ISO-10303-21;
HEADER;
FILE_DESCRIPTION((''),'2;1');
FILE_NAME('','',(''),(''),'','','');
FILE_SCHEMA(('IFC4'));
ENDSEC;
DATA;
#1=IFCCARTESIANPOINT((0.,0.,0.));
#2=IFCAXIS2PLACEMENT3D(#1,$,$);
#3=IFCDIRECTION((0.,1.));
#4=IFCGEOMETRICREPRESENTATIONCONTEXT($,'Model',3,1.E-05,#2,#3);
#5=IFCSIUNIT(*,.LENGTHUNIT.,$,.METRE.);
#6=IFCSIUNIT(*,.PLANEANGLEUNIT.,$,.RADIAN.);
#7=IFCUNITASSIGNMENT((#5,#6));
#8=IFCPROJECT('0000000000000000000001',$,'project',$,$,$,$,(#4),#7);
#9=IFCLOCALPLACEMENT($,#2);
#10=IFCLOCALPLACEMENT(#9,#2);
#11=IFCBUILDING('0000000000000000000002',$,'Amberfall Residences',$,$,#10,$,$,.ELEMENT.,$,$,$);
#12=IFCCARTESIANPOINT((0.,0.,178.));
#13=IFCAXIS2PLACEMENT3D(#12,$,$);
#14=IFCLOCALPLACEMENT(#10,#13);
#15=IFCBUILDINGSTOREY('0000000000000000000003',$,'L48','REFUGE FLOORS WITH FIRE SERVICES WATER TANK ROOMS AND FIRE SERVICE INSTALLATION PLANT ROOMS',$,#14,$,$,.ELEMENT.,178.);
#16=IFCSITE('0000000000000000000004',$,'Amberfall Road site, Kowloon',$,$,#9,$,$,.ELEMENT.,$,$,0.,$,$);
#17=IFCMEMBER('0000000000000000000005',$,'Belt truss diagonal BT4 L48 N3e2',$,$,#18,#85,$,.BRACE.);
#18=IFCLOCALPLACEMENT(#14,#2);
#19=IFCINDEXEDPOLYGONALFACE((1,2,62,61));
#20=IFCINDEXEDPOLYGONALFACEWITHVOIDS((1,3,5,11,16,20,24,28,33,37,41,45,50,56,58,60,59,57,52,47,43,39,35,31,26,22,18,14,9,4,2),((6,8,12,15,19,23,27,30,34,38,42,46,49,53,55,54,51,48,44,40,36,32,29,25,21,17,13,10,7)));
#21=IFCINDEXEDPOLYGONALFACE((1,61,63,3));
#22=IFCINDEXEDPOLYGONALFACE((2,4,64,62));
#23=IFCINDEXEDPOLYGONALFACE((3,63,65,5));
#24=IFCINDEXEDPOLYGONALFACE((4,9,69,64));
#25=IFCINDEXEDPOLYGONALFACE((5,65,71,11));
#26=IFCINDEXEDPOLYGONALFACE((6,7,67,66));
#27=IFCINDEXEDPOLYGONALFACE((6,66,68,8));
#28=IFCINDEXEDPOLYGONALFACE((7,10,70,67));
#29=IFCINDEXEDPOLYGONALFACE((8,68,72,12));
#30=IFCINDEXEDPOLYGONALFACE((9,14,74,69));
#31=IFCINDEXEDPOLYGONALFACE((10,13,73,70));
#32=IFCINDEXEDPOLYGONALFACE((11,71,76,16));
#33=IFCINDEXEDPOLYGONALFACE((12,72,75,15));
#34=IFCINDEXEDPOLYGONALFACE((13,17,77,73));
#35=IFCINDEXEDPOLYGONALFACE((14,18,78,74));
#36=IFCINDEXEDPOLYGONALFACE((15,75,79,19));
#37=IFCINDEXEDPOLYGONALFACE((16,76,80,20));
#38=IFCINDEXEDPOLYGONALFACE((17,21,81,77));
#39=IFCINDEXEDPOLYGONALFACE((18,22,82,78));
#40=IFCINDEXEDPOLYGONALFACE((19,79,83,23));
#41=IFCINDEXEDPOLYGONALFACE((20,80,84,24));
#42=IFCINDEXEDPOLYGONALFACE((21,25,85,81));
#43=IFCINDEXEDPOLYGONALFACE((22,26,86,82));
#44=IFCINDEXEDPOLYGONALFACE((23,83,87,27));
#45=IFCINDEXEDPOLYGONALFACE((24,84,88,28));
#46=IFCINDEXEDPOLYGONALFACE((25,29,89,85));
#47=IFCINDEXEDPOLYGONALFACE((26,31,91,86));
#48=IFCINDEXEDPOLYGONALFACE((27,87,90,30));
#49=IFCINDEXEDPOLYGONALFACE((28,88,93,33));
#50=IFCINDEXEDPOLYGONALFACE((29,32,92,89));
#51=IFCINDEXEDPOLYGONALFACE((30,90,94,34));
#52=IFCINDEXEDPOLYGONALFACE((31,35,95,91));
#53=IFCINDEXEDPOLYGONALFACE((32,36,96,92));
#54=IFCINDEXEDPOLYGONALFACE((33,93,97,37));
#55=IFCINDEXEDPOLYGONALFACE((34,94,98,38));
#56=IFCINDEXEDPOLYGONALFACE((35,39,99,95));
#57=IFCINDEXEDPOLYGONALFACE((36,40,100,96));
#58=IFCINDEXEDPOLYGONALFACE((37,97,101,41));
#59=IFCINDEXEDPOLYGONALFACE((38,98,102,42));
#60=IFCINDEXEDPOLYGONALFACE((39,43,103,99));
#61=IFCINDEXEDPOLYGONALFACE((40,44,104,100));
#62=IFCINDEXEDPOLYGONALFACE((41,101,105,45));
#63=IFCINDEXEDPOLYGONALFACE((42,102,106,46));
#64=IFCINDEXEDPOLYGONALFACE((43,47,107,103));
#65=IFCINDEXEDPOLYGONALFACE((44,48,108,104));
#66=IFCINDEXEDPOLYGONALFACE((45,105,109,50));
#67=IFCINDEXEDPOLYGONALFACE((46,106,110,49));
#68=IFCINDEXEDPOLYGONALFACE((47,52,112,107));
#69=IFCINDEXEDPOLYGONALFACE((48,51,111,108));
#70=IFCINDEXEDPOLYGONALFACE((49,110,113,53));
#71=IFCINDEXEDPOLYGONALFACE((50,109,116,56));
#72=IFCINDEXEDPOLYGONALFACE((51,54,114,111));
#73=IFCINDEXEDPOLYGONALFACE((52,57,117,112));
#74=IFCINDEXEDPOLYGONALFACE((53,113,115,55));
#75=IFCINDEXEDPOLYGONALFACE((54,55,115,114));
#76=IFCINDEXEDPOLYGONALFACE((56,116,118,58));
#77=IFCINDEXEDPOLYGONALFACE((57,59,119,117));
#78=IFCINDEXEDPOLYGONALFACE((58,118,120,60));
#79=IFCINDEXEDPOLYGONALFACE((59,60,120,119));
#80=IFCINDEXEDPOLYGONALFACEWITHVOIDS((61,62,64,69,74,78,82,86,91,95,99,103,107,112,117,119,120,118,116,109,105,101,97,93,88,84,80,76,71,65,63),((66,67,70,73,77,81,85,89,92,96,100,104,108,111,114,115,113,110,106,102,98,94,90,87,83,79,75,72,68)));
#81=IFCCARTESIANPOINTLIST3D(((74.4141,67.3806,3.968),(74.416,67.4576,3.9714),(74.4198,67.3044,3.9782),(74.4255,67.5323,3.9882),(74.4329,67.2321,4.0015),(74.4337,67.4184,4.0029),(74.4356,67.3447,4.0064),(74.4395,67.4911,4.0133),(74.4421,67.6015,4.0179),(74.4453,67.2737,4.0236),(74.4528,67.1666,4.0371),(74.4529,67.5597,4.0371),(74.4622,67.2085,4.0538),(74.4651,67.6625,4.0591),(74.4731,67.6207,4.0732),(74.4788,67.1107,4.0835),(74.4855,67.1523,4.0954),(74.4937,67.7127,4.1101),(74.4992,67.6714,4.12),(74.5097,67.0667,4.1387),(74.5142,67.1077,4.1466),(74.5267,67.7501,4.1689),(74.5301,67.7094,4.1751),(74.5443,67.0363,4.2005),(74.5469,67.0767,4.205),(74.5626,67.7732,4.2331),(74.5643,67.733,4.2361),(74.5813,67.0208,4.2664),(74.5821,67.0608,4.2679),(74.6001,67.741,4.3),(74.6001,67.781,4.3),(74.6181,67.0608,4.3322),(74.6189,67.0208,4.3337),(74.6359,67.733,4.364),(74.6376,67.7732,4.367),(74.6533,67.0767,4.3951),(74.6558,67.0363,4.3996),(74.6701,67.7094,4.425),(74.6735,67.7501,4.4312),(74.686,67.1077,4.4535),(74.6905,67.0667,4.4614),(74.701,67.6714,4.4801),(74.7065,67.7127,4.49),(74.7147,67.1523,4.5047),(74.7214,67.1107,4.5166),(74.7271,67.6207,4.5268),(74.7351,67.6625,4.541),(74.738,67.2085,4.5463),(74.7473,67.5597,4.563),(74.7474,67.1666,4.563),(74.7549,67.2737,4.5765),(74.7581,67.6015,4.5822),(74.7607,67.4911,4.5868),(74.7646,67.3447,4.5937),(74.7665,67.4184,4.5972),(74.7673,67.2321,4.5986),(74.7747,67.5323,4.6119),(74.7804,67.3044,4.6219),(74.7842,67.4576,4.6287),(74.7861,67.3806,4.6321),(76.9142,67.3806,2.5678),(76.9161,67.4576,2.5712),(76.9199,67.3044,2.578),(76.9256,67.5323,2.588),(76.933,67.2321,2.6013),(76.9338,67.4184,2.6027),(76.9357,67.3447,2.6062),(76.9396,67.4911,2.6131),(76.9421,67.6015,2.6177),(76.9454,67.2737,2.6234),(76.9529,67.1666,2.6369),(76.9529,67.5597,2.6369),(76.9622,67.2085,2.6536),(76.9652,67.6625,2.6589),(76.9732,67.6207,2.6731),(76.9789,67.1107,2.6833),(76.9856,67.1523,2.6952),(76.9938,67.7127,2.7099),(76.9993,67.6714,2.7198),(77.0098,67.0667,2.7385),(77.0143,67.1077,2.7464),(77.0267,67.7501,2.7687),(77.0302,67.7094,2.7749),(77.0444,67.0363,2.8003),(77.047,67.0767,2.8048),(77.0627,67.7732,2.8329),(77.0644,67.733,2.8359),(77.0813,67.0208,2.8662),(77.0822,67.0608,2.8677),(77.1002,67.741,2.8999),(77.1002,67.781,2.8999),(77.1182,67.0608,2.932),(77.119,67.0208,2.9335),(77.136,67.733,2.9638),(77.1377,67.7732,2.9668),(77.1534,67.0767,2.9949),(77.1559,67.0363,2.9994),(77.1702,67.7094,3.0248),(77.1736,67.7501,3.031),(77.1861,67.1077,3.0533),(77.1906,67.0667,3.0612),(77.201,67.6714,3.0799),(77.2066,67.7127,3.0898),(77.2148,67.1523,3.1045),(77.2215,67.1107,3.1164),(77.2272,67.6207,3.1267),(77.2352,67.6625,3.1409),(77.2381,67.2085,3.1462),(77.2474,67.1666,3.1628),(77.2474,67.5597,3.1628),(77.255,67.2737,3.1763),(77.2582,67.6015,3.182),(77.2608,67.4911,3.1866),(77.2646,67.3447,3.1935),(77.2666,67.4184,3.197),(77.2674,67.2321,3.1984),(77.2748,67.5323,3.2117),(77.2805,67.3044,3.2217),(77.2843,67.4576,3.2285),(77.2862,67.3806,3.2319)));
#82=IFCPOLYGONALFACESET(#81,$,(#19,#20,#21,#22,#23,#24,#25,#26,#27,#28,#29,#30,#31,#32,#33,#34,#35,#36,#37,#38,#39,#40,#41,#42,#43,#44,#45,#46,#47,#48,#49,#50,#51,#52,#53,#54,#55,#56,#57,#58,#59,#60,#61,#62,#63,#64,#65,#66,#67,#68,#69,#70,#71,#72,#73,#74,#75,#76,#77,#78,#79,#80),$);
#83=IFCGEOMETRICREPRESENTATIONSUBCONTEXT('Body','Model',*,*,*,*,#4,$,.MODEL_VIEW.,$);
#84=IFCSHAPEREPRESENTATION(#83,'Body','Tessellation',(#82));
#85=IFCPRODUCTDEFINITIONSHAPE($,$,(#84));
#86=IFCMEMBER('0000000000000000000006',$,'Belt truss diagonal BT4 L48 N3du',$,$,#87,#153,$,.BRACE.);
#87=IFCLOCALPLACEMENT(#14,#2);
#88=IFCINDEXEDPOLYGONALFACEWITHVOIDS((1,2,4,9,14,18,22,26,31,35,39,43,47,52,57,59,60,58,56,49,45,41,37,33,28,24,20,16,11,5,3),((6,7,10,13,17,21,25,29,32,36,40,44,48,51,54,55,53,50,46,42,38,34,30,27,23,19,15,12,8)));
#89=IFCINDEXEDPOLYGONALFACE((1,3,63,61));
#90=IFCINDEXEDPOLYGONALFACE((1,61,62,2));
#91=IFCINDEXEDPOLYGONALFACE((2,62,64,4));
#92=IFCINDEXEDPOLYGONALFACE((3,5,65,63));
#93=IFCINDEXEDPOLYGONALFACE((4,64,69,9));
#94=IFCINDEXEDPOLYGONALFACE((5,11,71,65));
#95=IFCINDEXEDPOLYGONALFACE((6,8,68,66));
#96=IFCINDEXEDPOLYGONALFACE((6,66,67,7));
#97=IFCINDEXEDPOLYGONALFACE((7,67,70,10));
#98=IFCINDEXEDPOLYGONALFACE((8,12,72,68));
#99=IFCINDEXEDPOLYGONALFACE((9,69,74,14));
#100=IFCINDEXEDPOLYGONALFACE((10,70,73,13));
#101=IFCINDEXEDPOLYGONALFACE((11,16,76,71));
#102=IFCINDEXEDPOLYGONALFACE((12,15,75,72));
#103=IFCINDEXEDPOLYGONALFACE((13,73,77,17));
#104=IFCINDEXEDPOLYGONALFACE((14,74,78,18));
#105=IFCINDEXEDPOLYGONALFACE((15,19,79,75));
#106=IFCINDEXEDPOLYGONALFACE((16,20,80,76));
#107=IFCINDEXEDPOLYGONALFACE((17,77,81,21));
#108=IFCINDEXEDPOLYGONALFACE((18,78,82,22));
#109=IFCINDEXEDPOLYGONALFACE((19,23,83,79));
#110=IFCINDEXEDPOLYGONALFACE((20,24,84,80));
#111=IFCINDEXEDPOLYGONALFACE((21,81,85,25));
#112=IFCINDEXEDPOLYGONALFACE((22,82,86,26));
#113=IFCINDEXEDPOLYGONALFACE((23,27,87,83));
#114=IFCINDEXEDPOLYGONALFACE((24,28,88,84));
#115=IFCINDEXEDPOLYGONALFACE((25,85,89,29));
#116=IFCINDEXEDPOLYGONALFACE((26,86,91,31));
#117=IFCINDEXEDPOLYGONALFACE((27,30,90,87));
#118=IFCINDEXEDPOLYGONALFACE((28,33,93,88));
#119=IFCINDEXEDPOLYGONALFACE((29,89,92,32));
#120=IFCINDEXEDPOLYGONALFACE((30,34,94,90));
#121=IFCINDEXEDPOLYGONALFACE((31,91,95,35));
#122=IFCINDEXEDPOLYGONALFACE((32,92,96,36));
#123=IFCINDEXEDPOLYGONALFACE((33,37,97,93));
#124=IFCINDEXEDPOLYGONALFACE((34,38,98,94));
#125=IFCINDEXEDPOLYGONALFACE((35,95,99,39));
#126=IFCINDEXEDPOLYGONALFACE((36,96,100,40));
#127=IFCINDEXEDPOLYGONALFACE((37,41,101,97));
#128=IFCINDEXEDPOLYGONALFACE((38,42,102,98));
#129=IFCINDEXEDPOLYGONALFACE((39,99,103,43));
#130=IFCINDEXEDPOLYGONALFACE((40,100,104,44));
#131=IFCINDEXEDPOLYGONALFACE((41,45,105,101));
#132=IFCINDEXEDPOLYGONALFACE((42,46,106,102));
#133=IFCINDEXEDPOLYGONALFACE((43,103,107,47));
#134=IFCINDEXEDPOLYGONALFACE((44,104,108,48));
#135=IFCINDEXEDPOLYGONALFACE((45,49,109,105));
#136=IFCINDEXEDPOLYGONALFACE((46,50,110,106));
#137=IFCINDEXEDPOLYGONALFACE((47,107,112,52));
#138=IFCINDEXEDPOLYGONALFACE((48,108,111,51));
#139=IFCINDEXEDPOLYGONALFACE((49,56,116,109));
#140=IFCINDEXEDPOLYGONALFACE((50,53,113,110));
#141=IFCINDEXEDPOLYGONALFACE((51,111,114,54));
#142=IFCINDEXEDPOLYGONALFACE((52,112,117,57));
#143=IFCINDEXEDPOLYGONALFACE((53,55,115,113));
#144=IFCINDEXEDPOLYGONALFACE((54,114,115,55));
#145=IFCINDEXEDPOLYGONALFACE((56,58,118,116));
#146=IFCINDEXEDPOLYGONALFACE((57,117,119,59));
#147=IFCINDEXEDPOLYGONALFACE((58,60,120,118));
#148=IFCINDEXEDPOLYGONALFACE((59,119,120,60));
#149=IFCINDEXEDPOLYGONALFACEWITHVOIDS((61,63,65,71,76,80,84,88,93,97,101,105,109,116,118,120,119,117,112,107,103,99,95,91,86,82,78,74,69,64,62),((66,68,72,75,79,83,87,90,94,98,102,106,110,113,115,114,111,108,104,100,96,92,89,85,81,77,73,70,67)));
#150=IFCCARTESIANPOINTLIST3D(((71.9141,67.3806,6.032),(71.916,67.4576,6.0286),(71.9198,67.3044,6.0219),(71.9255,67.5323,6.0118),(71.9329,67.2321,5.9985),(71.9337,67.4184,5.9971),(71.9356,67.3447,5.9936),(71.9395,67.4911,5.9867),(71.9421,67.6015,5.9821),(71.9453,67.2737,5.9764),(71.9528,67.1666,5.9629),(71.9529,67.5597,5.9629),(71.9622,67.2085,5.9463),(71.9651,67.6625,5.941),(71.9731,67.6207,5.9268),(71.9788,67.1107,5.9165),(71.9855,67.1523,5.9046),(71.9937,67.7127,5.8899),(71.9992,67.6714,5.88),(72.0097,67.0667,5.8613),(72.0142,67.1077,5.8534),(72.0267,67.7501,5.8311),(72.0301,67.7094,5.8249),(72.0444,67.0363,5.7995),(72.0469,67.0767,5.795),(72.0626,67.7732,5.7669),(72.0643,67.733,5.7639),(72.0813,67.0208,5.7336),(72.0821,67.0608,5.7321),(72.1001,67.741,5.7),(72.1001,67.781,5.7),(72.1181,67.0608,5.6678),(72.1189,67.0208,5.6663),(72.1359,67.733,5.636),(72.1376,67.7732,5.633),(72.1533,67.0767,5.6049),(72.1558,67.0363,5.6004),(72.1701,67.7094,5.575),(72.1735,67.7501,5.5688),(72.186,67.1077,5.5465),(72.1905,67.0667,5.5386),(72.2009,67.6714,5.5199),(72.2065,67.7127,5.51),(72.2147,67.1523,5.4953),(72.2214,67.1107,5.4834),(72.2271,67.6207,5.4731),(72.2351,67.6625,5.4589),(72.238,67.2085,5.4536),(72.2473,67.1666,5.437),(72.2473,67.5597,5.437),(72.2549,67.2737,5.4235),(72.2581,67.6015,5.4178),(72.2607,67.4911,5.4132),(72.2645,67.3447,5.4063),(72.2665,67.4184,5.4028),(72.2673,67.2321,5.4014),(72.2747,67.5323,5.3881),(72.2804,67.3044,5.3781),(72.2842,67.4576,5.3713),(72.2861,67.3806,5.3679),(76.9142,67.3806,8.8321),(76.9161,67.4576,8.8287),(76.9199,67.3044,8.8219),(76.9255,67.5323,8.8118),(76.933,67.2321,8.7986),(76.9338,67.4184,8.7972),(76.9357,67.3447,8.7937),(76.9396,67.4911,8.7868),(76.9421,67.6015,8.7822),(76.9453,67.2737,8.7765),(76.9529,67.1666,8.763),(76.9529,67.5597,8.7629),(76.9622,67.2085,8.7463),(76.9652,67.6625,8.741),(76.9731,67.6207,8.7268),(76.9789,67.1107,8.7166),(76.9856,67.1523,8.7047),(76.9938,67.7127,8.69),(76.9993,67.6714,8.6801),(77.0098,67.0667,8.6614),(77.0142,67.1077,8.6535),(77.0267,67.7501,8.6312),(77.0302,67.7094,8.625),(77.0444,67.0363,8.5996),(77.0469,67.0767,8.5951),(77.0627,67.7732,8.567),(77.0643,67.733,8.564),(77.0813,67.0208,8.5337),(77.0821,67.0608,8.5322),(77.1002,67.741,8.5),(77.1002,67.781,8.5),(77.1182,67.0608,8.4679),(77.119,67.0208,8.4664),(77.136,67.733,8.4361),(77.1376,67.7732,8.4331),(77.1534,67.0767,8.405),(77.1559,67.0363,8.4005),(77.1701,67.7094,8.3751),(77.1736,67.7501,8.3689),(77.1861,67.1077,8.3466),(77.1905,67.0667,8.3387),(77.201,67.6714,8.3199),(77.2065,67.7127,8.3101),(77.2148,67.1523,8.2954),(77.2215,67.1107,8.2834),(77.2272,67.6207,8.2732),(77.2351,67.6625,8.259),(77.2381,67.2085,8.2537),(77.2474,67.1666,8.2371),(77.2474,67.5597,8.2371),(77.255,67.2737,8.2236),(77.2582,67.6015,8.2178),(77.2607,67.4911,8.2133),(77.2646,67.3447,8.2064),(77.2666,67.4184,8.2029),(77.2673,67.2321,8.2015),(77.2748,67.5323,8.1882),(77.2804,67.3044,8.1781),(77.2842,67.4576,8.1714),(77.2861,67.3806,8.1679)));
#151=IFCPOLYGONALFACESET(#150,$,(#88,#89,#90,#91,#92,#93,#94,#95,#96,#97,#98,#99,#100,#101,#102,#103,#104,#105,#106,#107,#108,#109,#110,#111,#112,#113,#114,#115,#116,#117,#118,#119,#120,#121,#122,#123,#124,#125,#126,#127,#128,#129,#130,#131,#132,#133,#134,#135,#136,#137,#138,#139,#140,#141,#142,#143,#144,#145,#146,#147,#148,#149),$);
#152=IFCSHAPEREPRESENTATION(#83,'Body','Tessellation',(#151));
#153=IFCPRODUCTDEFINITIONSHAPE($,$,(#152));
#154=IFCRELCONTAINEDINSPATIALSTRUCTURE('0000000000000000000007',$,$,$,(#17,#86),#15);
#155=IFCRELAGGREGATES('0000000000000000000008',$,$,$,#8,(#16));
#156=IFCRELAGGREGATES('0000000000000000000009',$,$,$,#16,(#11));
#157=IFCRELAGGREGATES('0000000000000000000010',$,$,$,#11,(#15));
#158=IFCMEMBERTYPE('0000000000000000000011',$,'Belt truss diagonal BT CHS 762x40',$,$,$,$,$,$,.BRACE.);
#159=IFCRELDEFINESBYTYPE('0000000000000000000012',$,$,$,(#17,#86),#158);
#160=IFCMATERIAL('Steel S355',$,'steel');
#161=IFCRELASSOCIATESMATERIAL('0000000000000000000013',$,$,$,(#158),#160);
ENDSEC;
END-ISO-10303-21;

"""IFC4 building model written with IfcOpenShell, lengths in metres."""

from ifc_helpers import new_model, si_unit, direction, frame, origin, origin_2d, place, context, subcontext, project, spatial, hollow_circle, extrude, material, material_profile, profile_set, type_object, element, save


model = new_model("IFC4")

# Units and contexts
model_context = context("Model", 3, precision=1e-05, world=origin(), true_north=direction((0.0, 1.0)))
body_context = subcontext(model_context, "Body", "Model", "MODEL_VIEW")
ifc_project = project(units=[si_unit("LENGTHUNIT", "METRE"), si_unit("PLANEANGLEUNIT", "RADIAN")], contexts=[model_context])

# Site, building, storey
site_placement = place(None, origin())
site = spatial("IfcSite", under=ifc_project, at=site_placement, Name="Amberfall Road site, Kowloon", CompositionType="ELEMENT", RefElevation=0.0)
building_placement = place(site_placement, origin())
building = spatial("IfcBuilding", under=site, at=building_placement, Name="Amberfall Residences", CompositionType="ELEMENT")
storey_placement = place(building_placement, frame((0.0, 0.0, 178.0)))
storey = spatial("IfcBuildingStorey", under=building, at=storey_placement, Name="L48", Description="REFUGE FLOORS WITH FIRE SERVICES WATER TANK ROOMS AND FIRE SERVICE INSTALLATION PLANT ROOMS", CompositionType="ELEMENT", Elevation=178.0)

# Shared definitions
ifc_material_1 = material(Name="Steel S355", Category="steel")

# Members
ifc_material_profile_1 = material_profile(ifc_material_1, hollow_circle(Radius=0.3811, WallThickness=0.04, at=origin_2d()), Name="CHS 762x40")
ifc_profile_set_1 = profile_set([ifc_material_profile_1], Name="Steel S355")
member_type = type_object("IfcMemberType", Name="Belt truss diagonal BT CHS 762x40", PredefinedType="BRACE", material=ifc_profile_set_1)
member_1_placement = place(storey_placement, frame((74.6001, 67.3999, 4.3), z_axis=(0.872484, 0.0, -0.488642), x_axis=(0.0, 1.0, 0.0)))
element("IfcMember", 1, at=member_1_placement, inside=storey, type_object=member_type, Name="Belt truss diagonal BT4 L48 N3e2", PredefinedType="BRACE", context=body_context, shape_type="SweptSolid", body=[
    extrude(hollow_circle(Radius=0.3811, WallThickness=0.04, at=origin_2d()), origin(), (0.0, 0.0, 1.0), 2.8655),
])
member_2_placement = place(storey_placement, frame((72.1001, 67.3999, 5.7), z_axis=(0.872502, 0.0, 0.48861), x_axis=(0.0, 1.0, 0.0)))
element("IfcMember", 2, at=member_2_placement, inside=storey, type_object=member_type, Name="Belt truss diagonal BT4 L48 N3du", PredefinedType="BRACE", context=body_context, shape_type="SweptSolid", body=[
    extrude(hollow_circle(Radius=0.3811, WallThickness=0.04, at=origin_2d()), origin(), (0.0, 0.0, 1.0), 5.7307),
])

save(model, "model.ifc")
